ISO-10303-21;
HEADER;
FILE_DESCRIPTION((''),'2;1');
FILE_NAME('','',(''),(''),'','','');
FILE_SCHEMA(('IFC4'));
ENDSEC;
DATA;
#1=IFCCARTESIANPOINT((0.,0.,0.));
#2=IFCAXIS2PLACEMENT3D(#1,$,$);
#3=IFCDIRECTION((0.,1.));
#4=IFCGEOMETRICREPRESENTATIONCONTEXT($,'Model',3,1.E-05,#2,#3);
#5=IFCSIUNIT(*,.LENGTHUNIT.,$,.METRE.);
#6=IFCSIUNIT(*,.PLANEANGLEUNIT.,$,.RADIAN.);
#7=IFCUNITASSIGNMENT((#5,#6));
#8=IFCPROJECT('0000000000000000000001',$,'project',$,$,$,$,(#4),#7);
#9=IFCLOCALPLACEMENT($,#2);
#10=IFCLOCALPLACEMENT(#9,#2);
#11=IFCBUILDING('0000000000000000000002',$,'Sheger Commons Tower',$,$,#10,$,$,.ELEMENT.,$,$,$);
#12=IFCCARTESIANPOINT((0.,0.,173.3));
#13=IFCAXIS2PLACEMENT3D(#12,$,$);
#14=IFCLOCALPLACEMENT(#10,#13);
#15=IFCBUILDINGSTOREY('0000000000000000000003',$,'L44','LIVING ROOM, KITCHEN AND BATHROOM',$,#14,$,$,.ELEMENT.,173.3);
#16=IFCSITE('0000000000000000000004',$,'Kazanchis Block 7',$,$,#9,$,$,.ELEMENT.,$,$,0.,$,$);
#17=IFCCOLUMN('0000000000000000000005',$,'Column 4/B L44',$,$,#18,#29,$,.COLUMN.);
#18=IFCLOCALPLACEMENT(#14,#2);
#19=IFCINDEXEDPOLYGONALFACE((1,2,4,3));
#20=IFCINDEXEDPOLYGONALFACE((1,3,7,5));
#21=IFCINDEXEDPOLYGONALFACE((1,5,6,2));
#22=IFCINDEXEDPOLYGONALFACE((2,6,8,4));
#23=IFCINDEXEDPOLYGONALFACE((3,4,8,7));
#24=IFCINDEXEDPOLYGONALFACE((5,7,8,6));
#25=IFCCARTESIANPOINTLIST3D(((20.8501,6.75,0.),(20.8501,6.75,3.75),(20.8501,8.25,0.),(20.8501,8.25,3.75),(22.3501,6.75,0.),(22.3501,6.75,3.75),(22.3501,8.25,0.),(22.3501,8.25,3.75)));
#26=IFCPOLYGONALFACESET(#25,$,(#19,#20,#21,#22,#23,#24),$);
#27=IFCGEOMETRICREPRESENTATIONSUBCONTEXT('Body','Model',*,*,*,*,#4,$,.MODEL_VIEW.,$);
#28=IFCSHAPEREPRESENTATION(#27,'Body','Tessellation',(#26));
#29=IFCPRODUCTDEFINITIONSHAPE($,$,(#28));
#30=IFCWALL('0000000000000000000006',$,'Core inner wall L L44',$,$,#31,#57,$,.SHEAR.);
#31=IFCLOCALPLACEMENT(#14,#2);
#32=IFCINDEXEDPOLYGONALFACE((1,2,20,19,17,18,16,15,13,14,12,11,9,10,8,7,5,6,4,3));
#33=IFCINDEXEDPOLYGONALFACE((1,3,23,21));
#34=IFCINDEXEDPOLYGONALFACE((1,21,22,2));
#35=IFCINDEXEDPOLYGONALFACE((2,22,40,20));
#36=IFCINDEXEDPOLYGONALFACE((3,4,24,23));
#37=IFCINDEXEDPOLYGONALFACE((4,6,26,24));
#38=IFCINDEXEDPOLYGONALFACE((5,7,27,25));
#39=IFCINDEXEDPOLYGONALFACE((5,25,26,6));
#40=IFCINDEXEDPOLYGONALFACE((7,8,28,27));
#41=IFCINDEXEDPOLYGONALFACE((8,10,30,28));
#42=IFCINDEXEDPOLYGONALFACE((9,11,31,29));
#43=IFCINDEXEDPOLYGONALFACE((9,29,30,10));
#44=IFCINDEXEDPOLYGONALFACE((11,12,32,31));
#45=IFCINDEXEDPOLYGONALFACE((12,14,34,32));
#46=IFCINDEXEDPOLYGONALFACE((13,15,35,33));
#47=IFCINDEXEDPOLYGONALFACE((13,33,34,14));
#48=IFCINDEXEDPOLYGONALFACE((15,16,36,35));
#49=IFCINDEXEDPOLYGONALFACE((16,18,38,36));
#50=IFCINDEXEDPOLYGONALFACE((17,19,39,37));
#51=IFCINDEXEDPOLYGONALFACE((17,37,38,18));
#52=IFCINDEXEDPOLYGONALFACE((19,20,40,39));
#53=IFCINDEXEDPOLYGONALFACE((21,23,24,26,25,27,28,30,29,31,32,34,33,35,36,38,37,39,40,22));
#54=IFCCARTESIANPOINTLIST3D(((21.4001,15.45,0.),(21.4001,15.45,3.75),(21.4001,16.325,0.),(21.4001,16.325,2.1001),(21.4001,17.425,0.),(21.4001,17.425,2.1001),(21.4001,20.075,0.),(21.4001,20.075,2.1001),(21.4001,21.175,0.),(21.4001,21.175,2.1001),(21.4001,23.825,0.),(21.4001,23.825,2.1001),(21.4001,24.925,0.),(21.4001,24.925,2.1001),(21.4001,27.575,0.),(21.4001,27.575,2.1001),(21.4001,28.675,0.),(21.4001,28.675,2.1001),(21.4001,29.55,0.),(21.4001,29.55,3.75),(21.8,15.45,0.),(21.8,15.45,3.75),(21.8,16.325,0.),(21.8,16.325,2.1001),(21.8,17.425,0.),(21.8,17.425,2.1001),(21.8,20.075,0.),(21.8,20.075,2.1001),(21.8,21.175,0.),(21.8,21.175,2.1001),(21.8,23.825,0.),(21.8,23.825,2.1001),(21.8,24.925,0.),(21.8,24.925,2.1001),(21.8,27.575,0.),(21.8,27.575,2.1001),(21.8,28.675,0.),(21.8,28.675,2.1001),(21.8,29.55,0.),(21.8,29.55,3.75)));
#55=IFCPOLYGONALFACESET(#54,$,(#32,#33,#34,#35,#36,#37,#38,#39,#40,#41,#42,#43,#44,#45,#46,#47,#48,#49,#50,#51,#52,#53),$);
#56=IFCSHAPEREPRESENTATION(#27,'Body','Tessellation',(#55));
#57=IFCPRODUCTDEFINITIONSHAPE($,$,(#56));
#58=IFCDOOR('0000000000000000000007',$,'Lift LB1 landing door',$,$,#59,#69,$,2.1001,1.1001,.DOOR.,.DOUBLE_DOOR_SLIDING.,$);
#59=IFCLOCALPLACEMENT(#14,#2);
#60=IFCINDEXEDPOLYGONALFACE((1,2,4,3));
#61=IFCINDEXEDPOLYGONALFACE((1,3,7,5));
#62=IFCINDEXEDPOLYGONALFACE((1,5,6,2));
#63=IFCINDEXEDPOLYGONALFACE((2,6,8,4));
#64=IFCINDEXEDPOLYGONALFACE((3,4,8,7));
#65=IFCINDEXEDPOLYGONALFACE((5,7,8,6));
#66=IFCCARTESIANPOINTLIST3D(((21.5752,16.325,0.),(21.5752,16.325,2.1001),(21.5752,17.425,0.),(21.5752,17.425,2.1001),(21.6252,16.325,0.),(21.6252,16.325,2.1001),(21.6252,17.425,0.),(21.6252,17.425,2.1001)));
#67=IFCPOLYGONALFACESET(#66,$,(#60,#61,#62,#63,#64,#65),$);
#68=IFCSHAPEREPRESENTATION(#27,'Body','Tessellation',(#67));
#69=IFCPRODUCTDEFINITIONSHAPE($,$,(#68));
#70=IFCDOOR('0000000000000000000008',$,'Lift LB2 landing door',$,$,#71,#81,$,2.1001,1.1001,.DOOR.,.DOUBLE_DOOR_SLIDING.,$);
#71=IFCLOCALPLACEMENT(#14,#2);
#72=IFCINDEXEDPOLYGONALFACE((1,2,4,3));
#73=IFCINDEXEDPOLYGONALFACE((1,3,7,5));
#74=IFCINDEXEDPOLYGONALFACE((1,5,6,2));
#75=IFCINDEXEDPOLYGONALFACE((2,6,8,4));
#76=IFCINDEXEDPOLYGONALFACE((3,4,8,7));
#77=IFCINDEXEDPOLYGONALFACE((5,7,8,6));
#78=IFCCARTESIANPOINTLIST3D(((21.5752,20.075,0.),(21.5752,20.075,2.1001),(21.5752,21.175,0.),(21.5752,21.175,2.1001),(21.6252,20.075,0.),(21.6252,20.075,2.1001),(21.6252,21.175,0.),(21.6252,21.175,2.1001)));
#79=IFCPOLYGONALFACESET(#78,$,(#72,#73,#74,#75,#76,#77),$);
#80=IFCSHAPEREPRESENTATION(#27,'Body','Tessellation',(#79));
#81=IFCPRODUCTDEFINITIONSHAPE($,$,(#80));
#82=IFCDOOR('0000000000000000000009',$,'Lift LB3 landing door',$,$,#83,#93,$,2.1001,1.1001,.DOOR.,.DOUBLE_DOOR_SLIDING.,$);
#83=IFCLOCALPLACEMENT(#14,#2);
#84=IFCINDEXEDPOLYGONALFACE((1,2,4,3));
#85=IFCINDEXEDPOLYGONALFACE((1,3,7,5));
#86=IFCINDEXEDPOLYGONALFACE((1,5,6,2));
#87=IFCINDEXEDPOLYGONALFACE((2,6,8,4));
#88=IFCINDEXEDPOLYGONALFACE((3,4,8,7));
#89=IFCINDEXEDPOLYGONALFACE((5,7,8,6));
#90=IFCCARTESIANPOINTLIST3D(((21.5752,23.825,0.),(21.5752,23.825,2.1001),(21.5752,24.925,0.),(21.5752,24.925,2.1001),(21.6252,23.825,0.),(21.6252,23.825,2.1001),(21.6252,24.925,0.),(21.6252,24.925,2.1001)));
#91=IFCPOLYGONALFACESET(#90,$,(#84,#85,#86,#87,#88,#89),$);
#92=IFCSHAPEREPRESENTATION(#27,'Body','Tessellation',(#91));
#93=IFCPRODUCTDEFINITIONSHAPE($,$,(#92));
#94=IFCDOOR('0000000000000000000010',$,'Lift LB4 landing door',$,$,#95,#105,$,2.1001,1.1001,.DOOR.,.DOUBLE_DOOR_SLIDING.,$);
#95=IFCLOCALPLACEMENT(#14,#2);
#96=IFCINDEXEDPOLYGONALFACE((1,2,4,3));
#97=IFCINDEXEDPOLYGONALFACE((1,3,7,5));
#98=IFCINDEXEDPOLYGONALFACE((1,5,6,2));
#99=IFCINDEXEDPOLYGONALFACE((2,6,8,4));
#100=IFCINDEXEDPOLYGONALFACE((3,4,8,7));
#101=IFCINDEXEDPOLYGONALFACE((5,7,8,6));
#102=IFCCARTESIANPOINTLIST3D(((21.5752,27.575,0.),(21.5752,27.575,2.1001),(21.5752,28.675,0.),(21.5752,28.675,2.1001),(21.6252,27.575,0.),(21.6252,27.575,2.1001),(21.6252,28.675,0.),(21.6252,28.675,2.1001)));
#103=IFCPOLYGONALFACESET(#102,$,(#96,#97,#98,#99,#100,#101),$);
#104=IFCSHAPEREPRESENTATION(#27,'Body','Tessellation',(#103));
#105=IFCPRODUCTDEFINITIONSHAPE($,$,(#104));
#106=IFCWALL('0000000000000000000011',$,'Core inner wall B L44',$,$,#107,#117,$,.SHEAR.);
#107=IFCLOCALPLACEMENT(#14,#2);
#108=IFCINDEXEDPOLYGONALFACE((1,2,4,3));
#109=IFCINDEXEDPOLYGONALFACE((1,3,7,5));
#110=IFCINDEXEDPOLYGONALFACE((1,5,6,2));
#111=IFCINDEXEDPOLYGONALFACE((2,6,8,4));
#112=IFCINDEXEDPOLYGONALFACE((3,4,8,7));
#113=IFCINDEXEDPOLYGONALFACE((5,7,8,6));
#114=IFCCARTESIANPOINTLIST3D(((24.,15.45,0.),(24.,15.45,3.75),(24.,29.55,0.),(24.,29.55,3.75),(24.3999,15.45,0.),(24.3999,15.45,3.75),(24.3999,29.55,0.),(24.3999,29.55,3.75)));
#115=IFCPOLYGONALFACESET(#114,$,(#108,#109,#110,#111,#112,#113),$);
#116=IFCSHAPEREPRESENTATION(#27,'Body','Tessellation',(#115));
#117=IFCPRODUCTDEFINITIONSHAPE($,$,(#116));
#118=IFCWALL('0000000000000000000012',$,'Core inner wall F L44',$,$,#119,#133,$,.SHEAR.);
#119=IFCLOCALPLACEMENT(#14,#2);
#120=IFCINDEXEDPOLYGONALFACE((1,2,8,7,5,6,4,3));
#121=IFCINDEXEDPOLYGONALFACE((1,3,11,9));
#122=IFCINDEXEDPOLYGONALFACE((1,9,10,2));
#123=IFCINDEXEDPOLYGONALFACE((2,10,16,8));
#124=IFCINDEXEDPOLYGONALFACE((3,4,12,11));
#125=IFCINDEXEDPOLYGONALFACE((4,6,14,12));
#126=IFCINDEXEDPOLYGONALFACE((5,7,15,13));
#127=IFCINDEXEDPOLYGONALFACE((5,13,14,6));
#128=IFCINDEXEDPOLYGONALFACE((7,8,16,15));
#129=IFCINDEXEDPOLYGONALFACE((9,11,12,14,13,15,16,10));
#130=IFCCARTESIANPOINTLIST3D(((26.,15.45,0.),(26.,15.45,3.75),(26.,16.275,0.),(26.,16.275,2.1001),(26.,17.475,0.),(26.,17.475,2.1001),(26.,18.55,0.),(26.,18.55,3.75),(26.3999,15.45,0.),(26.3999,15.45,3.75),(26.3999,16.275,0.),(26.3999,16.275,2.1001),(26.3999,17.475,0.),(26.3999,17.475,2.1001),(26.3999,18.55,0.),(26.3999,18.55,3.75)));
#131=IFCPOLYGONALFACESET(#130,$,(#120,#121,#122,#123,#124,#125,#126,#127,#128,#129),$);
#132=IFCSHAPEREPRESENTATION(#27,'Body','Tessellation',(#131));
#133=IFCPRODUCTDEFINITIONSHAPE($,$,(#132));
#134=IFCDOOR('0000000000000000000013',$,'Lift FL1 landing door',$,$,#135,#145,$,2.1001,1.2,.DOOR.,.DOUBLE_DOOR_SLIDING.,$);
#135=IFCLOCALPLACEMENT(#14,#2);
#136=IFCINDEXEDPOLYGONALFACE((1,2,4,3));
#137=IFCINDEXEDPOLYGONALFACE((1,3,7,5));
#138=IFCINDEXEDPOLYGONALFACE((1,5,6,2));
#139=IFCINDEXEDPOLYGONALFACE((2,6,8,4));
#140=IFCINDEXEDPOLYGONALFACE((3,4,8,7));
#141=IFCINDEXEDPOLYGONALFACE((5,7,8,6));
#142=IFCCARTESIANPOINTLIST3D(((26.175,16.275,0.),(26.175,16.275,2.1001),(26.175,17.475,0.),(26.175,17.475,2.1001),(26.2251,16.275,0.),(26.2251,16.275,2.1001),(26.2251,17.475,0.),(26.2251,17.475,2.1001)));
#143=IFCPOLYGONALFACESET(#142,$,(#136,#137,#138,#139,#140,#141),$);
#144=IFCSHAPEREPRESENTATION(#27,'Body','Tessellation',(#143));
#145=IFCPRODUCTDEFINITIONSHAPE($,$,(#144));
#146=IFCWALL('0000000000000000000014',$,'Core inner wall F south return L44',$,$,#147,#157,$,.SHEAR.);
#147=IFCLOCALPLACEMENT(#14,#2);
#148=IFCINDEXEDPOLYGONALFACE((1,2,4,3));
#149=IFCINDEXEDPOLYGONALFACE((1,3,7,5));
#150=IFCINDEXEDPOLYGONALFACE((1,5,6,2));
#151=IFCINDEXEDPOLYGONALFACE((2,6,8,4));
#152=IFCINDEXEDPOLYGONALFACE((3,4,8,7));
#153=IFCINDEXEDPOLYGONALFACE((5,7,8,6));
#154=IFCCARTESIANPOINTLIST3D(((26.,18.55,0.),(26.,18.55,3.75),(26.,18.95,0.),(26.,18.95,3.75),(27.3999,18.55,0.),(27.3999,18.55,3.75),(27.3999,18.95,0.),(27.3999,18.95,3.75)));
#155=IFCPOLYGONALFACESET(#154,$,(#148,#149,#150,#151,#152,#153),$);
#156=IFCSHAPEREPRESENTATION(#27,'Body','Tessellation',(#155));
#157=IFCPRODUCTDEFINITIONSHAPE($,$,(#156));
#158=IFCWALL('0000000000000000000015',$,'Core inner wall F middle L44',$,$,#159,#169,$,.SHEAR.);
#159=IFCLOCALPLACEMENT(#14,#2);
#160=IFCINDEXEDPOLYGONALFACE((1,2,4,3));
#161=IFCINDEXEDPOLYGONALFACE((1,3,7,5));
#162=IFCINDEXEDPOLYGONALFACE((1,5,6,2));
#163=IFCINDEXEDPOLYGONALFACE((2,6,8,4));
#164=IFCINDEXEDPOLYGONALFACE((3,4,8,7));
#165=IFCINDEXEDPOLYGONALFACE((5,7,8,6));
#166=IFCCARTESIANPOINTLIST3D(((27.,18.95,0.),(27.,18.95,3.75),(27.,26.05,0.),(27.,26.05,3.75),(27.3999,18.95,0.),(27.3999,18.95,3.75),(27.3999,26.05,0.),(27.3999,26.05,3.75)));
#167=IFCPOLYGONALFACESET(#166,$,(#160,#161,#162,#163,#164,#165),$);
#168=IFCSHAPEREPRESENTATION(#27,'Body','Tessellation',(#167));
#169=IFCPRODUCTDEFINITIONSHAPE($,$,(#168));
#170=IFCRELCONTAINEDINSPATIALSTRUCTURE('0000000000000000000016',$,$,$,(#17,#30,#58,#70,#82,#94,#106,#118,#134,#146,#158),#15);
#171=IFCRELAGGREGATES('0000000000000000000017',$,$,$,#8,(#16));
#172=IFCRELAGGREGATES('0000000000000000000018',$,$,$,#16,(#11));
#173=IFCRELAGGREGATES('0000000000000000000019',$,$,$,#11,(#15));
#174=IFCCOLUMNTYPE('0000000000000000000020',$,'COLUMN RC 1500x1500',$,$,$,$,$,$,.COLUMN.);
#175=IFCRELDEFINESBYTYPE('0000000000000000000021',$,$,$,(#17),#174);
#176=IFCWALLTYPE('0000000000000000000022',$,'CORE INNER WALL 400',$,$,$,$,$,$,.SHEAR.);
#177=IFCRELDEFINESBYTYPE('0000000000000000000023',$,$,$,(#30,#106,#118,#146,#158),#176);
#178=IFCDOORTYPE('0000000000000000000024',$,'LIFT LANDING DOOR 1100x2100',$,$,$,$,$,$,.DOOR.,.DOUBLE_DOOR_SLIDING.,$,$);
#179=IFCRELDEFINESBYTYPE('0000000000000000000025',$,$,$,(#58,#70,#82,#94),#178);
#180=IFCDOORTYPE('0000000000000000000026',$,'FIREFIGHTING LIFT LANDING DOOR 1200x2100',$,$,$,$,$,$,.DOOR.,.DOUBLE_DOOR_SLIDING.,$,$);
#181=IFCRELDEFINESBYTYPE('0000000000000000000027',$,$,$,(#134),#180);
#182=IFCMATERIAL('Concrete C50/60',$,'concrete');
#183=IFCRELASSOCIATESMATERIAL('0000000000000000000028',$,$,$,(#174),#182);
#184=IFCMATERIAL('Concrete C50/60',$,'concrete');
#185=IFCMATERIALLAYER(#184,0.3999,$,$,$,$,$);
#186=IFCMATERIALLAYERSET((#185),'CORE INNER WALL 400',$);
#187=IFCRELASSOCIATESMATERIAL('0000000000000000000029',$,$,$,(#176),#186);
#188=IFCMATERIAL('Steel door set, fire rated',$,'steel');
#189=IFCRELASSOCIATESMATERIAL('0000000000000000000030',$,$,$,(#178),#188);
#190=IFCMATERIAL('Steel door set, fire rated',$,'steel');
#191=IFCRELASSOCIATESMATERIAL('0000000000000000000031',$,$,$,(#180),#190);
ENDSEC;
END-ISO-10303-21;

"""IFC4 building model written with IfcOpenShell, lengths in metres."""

from ifc_helpers import new_model, si_unit, direction, frame, frame_2d, origin, origin_2d, place, context, subcontext, project, spatial, rectangle, extrude, material, layer, layer_set, material_profile, profile_set, type_object, element, fill, save


model = new_model("IFC4")

# Units and contexts
model_context = context("Model", 3, precision=1e-05, world=origin(), true_north=direction((0.0, 1.0)))
body_context = subcontext(model_context, "Body", "Model", "MODEL_VIEW")
ifc_project = project(units=[si_unit("LENGTHUNIT", "METRE"), si_unit("PLANEANGLEUNIT", "RADIAN")], contexts=[model_context])

# Site, building, storey
site_placement = place(None, origin())
site = spatial("IfcSite", under=ifc_project, at=site_placement, Name="Kazanchis Block 7", CompositionType="ELEMENT", RefElevation=0.0)
building_placement = place(site_placement, origin())
building = spatial("IfcBuilding", under=site, at=building_placement, Name="Sheger Commons Tower", CompositionType="ELEMENT")
storey_placement = place(building_placement, frame((0.0, 0.0, 173.3)))
storey = spatial("IfcBuildingStorey", under=building, at=storey_placement, Name="L44", Description="LIVING ROOM, KITCHEN AND BATHROOM", CompositionType="ELEMENT", Elevation=173.3)

# Column
ifc_material_1 = material(Name="Concrete C50/60", Category="concrete")
ifc_material_profile = material_profile(ifc_material_1, rectangle(XDim=1.5, YDim=1.5, at=origin_2d()), Name="RC 1500x1500")
ifc_profile_set = profile_set([ifc_material_profile], Name="Concrete C50/60")
column_type = type_object("IfcColumnType", Name="COLUMN RC 1500x1500", PredefinedType="COLUMN", material=ifc_profile_set)
column_placement = place(storey_placement, frame((21.6001, 7.5, 0.0), z_axis=(0.0, 0.0, 1.0), x_axis=(1.0, 0.0, 0.0)))
element("IfcColumn", 1, at=column_placement, inside=storey, type_object=column_type, Name="Column 4/B L44", PredefinedType="COLUMN", context=body_context, shape_type="SweptSolid", body=[
    extrude(rectangle(XDim=1.5, YDim=1.5, at=origin_2d()), origin(), (0.0, 0.0, 1.0), 3.75),
])

# Wall, openings, doors
ifc_material_2 = material(Name="Concrete C50/60", Category="concrete")
ifc_layer_1 = layer(ifc_material_2, 0.3999)
ifc_layer_set_1 = layer_set([ifc_layer_1], Name="CORE INNER WALL 400")
wall_type_1 = type_object("IfcWallType", Name="CORE INNER WALL 400", PredefinedType="SHEAR", material=ifc_layer_set_1)
wall_1_placement = place(storey_placement, frame((21.6001, 15.45, 0.0), z_axis=(0.0, 0.0, 1.0), x_axis=(0.0, 1.0, 0.0)))
wall_1 = element("IfcWall", 2, at=wall_1_placement, inside=storey, type_object=wall_type_1, Name="Core inner wall L L44", PredefinedType="SHEAR", context=body_context, shape_type="SweptSolid", body=[
    extrude(rectangle(XDim=14.1001, YDim=0.3999, at=frame_2d((7.05, 0.0))), origin(), (0.0, 0.0, 1.0), 3.75),
])
opening_1_placement = place(wall_1_placement, frame((0.875, 0.0, 0.0)))
opening_1 = element("IfcOpeningElement", 3, at=opening_1_placement, cuts=wall_1, PredefinedType="OPENING", context=body_context, shape_type="SweptSolid", body=[
    extrude(rectangle(XDim=1.1001, YDim=2.1001, at=frame_2d((0.55, 1.05))), frame((0.0, 0.21, 0.0), z_axis=(0.0, -1.0, 0.0), x_axis=(1.0, 0.0, 0.0)), (0.0, 0.0, 1.0), 0.4199),
])
opening_2_placement = place(wall_1_placement, frame((4.625, 0.0, 0.0)))
opening_2 = element("IfcOpeningElement", 4, at=opening_2_placement, cuts=wall_1, PredefinedType="OPENING", context=body_context, shape_type="SweptSolid", body=[
    extrude(rectangle(XDim=1.1001, YDim=2.1001, at=frame_2d((0.55, 1.05))), frame((0.0, 0.21, 0.0), z_axis=(0.0, -1.0, 0.0), x_axis=(1.0, 0.0, 0.0)), (0.0, 0.0, 1.0), 0.4199),
])
opening_3_placement = place(wall_1_placement, frame((8.375, 0.0, 0.0)))
opening_3 = element("IfcOpeningElement", 5, at=opening_3_placement, cuts=wall_1, PredefinedType="OPENING", context=body_context, shape_type="SweptSolid", body=[
    extrude(rectangle(XDim=1.1001, YDim=2.1001, at=frame_2d((0.55, 1.05))), frame((0.0, 0.21, 0.0), z_axis=(0.0, -1.0, 0.0), x_axis=(1.0, 0.0, 0.0)), (0.0, 0.0, 1.0), 0.4199),
])
opening_4_placement = place(wall_1_placement, frame((12.125, 0.0, 0.0)))
opening_4 = element("IfcOpeningElement", 6, at=opening_4_placement, cuts=wall_1, PredefinedType="OPENING", context=body_context, shape_type="SweptSolid", body=[
    extrude(rectangle(XDim=1.1001, YDim=2.1001, at=frame_2d((0.55, 1.05))), frame((0.0, 0.21, 0.0), z_axis=(0.0, -1.0, 0.0), x_axis=(1.0, 0.0, 0.0)), (0.0, 0.0, 1.0), 0.4199),
])
ifc_material_3 = material(Name="Steel door set, fire rated", Category="steel")
door_type_1 = type_object("IfcDoorType", Name="LIFT LANDING DOOR 1100x2100", OperationType="DOUBLE_DOOR_SLIDING", PredefinedType="DOOR", material=ifc_material_3)
door_1_placement = place(opening_1_placement, origin())
door_1 = element("IfcDoor", 7, at=door_1_placement, inside=storey, type_object=door_type_1, Name="Lift LB1 landing door", OperationType="DOUBLE_DOOR_SLIDING", OverallHeight=2.1001, OverallWidth=1.1001, PredefinedType="DOOR", context=body_context, shape_type="SweptSolid", body=[
    extrude(rectangle(XDim=1.1001, YDim=2.1001, at=frame_2d((0.55, 1.05))), frame((0.0, 0.0249, 0.0), z_axis=(0.0, -1.0, 0.0), x_axis=(1.0, 0.0, 0.0)), (0.0, 0.0, 1.0), 0.05),
])
fill(opening_1, door_1)
door_2_placement = place(opening_2_placement, origin())
door_2 = element("IfcDoor", 8, at=door_2_placement, inside=storey, type_object=door_type_1, Name="Lift LB2 landing door", OperationType="DOUBLE_DOOR_SLIDING", OverallHeight=2.1001, OverallWidth=1.1001, PredefinedType="DOOR", context=body_context, shape_type="SweptSolid", body=[
    extrude(rectangle(XDim=1.1001, YDim=2.1001, at=frame_2d((0.55, 1.05))), frame((0.0, 0.0249, 0.0), z_axis=(0.0, -1.0, 0.0), x_axis=(1.0, 0.0, 0.0)), (0.0, 0.0, 1.0), 0.05),
])
fill(opening_2, door_2)
door_3_placement = place(opening_3_placement, origin())
door_3 = element("IfcDoor", 9, at=door_3_placement, inside=storey, type_object=door_type_1, Name="Lift LB3 landing door", OperationType="DOUBLE_DOOR_SLIDING", OverallHeight=2.1001, OverallWidth=1.1001, PredefinedType="DOOR", context=body_context, shape_type="SweptSolid", body=[
    extrude(rectangle(XDim=1.1001, YDim=2.1001, at=frame_2d((0.55, 1.05))), frame((0.0, 0.0249, 0.0), z_axis=(0.0, -1.0, 0.0), x_axis=(1.0, 0.0, 0.0)), (0.0, 0.0, 1.0), 0.05),
])
fill(opening_3, door_3)
door_4_placement = place(opening_4_placement, origin())
door_4 = element("IfcDoor", 10, at=door_4_placement, inside=storey, type_object=door_type_1, Name="Lift LB4 landing door", OperationType="DOUBLE_DOOR_SLIDING", OverallHeight=2.1001, OverallWidth=1.1001, PredefinedType="DOOR", context=body_context, shape_type="SweptSolid", body=[
    extrude(rectangle(XDim=1.1001, YDim=2.1001, at=frame_2d((0.55, 1.05))), frame((0.0, 0.0249, 0.0), z_axis=(0.0, -1.0, 0.0), x_axis=(1.0, 0.0, 0.0)), (0.0, 0.0, 1.0), 0.05),
])
fill(opening_4, door_4)

# Wall
wall_2_placement = place(storey_placement, frame((24.2, 15.45, 0.0), z_axis=(0.0, 0.0, 1.0), x_axis=(0.0, 1.0, 0.0)))
element("IfcWall", 11, at=wall_2_placement, inside=storey, type_object=wall_type_1, Name="Core inner wall B L44", PredefinedType="SHEAR", context=body_context, shape_type="SweptSolid", body=[
    extrude(rectangle(XDim=14.1001, YDim=0.3999, at=frame_2d((7.05, 0.0))), origin(), (0.0, 0.0, 1.0), 3.75),
])

# Wall, opening, door
wall_3_placement = place(storey_placement, frame((26.2, 15.45, 0.0), z_axis=(0.0, 0.0, 1.0), x_axis=(0.0, 1.0, 0.0)))
wall_3 = element("IfcWall", 12, at=wall_3_placement, inside=storey, type_object=wall_type_1, Name="Core inner wall F L44", PredefinedType="SHEAR", context=body_context, shape_type="SweptSolid", body=[
    extrude(rectangle(XDim=3.1001, YDim=0.3999, at=frame_2d((1.55, 0.0))), origin(), (0.0, 0.0, 1.0), 3.75),
])
opening_5_placement = place(wall_3_placement, frame((0.825, 0.0, 0.0)))
opening_5 = element("IfcOpeningElement", 13, at=opening_5_placement, cuts=wall_3, PredefinedType="OPENING", context=body_context, shape_type="SweptSolid", body=[
    extrude(rectangle(XDim=1.2, YDim=2.1001, at=frame_2d((0.6001, 1.05))), frame((0.0, 0.21, 0.0), z_axis=(0.0, -1.0, 0.0), x_axis=(1.0, 0.0, 0.0)), (0.0, 0.0, 1.0), 0.4199),
])
ifc_material_4 = material(Name="Steel door set, fire rated", Category="steel")
door_type_2 = type_object("IfcDoorType", Name="FIREFIGHTING LIFT LANDING DOOR 1200x2100", OperationType="DOUBLE_DOOR_SLIDING", PredefinedType="DOOR", material=ifc_material_4)
door_5_placement = place(opening_5_placement, origin())
door_5 = element("IfcDoor", 14, at=door_5_placement, inside=storey, type_object=door_type_2, Name="Lift FL1 landing door", OperationType="DOUBLE_DOOR_SLIDING", OverallHeight=2.1001, OverallWidth=1.2, PredefinedType="DOOR", context=body_context, shape_type="SweptSolid", body=[
    extrude(rectangle(XDim=1.2, YDim=2.1001, at=frame_2d((0.6001, 1.05))), frame((0.0, 0.0249, 0.0), z_axis=(0.0, -1.0, 0.0), x_axis=(1.0, 0.0, 0.0)), (0.0, 0.0, 1.0), 0.05),
])
fill(opening_5, door_5)

# Walls
wall_4_placement = place(storey_placement, frame((26.0, 18.75, 0.0), z_axis=(0.0, 0.0, 1.0), x_axis=(1.0, 0.0, 0.0)))
element("IfcWall", 15, at=wall_4_placement, inside=storey, type_object=wall_type_1, Name="Core inner wall F south return L44", PredefinedType="SHEAR", context=body_context, shape_type="SweptSolid", body=[
    extrude(rectangle(XDim=1.3999, YDim=0.3999, at=frame_2d((0.7, 0.0))), origin(), (0.0, 0.0, 1.0), 3.75),
])
wall_5_placement = place(storey_placement, frame((27.2, 18.95, 0.0), z_axis=(0.0, 0.0, 1.0), x_axis=(0.0, 1.0, 0.0)))
element("IfcWall", 16, at=wall_5_placement, inside=storey, type_object=wall_type_1, Name="Core inner wall F middle L44", PredefinedType="SHEAR", context=body_context, shape_type="SweptSolid", body=[
    extrude(rectangle(XDim=7.1001, YDim=0.3999, at=frame_2d((3.55, 0.0))), origin(), (0.0, 0.0, 1.0), 3.75),
])

save(model, "model.ifc")
